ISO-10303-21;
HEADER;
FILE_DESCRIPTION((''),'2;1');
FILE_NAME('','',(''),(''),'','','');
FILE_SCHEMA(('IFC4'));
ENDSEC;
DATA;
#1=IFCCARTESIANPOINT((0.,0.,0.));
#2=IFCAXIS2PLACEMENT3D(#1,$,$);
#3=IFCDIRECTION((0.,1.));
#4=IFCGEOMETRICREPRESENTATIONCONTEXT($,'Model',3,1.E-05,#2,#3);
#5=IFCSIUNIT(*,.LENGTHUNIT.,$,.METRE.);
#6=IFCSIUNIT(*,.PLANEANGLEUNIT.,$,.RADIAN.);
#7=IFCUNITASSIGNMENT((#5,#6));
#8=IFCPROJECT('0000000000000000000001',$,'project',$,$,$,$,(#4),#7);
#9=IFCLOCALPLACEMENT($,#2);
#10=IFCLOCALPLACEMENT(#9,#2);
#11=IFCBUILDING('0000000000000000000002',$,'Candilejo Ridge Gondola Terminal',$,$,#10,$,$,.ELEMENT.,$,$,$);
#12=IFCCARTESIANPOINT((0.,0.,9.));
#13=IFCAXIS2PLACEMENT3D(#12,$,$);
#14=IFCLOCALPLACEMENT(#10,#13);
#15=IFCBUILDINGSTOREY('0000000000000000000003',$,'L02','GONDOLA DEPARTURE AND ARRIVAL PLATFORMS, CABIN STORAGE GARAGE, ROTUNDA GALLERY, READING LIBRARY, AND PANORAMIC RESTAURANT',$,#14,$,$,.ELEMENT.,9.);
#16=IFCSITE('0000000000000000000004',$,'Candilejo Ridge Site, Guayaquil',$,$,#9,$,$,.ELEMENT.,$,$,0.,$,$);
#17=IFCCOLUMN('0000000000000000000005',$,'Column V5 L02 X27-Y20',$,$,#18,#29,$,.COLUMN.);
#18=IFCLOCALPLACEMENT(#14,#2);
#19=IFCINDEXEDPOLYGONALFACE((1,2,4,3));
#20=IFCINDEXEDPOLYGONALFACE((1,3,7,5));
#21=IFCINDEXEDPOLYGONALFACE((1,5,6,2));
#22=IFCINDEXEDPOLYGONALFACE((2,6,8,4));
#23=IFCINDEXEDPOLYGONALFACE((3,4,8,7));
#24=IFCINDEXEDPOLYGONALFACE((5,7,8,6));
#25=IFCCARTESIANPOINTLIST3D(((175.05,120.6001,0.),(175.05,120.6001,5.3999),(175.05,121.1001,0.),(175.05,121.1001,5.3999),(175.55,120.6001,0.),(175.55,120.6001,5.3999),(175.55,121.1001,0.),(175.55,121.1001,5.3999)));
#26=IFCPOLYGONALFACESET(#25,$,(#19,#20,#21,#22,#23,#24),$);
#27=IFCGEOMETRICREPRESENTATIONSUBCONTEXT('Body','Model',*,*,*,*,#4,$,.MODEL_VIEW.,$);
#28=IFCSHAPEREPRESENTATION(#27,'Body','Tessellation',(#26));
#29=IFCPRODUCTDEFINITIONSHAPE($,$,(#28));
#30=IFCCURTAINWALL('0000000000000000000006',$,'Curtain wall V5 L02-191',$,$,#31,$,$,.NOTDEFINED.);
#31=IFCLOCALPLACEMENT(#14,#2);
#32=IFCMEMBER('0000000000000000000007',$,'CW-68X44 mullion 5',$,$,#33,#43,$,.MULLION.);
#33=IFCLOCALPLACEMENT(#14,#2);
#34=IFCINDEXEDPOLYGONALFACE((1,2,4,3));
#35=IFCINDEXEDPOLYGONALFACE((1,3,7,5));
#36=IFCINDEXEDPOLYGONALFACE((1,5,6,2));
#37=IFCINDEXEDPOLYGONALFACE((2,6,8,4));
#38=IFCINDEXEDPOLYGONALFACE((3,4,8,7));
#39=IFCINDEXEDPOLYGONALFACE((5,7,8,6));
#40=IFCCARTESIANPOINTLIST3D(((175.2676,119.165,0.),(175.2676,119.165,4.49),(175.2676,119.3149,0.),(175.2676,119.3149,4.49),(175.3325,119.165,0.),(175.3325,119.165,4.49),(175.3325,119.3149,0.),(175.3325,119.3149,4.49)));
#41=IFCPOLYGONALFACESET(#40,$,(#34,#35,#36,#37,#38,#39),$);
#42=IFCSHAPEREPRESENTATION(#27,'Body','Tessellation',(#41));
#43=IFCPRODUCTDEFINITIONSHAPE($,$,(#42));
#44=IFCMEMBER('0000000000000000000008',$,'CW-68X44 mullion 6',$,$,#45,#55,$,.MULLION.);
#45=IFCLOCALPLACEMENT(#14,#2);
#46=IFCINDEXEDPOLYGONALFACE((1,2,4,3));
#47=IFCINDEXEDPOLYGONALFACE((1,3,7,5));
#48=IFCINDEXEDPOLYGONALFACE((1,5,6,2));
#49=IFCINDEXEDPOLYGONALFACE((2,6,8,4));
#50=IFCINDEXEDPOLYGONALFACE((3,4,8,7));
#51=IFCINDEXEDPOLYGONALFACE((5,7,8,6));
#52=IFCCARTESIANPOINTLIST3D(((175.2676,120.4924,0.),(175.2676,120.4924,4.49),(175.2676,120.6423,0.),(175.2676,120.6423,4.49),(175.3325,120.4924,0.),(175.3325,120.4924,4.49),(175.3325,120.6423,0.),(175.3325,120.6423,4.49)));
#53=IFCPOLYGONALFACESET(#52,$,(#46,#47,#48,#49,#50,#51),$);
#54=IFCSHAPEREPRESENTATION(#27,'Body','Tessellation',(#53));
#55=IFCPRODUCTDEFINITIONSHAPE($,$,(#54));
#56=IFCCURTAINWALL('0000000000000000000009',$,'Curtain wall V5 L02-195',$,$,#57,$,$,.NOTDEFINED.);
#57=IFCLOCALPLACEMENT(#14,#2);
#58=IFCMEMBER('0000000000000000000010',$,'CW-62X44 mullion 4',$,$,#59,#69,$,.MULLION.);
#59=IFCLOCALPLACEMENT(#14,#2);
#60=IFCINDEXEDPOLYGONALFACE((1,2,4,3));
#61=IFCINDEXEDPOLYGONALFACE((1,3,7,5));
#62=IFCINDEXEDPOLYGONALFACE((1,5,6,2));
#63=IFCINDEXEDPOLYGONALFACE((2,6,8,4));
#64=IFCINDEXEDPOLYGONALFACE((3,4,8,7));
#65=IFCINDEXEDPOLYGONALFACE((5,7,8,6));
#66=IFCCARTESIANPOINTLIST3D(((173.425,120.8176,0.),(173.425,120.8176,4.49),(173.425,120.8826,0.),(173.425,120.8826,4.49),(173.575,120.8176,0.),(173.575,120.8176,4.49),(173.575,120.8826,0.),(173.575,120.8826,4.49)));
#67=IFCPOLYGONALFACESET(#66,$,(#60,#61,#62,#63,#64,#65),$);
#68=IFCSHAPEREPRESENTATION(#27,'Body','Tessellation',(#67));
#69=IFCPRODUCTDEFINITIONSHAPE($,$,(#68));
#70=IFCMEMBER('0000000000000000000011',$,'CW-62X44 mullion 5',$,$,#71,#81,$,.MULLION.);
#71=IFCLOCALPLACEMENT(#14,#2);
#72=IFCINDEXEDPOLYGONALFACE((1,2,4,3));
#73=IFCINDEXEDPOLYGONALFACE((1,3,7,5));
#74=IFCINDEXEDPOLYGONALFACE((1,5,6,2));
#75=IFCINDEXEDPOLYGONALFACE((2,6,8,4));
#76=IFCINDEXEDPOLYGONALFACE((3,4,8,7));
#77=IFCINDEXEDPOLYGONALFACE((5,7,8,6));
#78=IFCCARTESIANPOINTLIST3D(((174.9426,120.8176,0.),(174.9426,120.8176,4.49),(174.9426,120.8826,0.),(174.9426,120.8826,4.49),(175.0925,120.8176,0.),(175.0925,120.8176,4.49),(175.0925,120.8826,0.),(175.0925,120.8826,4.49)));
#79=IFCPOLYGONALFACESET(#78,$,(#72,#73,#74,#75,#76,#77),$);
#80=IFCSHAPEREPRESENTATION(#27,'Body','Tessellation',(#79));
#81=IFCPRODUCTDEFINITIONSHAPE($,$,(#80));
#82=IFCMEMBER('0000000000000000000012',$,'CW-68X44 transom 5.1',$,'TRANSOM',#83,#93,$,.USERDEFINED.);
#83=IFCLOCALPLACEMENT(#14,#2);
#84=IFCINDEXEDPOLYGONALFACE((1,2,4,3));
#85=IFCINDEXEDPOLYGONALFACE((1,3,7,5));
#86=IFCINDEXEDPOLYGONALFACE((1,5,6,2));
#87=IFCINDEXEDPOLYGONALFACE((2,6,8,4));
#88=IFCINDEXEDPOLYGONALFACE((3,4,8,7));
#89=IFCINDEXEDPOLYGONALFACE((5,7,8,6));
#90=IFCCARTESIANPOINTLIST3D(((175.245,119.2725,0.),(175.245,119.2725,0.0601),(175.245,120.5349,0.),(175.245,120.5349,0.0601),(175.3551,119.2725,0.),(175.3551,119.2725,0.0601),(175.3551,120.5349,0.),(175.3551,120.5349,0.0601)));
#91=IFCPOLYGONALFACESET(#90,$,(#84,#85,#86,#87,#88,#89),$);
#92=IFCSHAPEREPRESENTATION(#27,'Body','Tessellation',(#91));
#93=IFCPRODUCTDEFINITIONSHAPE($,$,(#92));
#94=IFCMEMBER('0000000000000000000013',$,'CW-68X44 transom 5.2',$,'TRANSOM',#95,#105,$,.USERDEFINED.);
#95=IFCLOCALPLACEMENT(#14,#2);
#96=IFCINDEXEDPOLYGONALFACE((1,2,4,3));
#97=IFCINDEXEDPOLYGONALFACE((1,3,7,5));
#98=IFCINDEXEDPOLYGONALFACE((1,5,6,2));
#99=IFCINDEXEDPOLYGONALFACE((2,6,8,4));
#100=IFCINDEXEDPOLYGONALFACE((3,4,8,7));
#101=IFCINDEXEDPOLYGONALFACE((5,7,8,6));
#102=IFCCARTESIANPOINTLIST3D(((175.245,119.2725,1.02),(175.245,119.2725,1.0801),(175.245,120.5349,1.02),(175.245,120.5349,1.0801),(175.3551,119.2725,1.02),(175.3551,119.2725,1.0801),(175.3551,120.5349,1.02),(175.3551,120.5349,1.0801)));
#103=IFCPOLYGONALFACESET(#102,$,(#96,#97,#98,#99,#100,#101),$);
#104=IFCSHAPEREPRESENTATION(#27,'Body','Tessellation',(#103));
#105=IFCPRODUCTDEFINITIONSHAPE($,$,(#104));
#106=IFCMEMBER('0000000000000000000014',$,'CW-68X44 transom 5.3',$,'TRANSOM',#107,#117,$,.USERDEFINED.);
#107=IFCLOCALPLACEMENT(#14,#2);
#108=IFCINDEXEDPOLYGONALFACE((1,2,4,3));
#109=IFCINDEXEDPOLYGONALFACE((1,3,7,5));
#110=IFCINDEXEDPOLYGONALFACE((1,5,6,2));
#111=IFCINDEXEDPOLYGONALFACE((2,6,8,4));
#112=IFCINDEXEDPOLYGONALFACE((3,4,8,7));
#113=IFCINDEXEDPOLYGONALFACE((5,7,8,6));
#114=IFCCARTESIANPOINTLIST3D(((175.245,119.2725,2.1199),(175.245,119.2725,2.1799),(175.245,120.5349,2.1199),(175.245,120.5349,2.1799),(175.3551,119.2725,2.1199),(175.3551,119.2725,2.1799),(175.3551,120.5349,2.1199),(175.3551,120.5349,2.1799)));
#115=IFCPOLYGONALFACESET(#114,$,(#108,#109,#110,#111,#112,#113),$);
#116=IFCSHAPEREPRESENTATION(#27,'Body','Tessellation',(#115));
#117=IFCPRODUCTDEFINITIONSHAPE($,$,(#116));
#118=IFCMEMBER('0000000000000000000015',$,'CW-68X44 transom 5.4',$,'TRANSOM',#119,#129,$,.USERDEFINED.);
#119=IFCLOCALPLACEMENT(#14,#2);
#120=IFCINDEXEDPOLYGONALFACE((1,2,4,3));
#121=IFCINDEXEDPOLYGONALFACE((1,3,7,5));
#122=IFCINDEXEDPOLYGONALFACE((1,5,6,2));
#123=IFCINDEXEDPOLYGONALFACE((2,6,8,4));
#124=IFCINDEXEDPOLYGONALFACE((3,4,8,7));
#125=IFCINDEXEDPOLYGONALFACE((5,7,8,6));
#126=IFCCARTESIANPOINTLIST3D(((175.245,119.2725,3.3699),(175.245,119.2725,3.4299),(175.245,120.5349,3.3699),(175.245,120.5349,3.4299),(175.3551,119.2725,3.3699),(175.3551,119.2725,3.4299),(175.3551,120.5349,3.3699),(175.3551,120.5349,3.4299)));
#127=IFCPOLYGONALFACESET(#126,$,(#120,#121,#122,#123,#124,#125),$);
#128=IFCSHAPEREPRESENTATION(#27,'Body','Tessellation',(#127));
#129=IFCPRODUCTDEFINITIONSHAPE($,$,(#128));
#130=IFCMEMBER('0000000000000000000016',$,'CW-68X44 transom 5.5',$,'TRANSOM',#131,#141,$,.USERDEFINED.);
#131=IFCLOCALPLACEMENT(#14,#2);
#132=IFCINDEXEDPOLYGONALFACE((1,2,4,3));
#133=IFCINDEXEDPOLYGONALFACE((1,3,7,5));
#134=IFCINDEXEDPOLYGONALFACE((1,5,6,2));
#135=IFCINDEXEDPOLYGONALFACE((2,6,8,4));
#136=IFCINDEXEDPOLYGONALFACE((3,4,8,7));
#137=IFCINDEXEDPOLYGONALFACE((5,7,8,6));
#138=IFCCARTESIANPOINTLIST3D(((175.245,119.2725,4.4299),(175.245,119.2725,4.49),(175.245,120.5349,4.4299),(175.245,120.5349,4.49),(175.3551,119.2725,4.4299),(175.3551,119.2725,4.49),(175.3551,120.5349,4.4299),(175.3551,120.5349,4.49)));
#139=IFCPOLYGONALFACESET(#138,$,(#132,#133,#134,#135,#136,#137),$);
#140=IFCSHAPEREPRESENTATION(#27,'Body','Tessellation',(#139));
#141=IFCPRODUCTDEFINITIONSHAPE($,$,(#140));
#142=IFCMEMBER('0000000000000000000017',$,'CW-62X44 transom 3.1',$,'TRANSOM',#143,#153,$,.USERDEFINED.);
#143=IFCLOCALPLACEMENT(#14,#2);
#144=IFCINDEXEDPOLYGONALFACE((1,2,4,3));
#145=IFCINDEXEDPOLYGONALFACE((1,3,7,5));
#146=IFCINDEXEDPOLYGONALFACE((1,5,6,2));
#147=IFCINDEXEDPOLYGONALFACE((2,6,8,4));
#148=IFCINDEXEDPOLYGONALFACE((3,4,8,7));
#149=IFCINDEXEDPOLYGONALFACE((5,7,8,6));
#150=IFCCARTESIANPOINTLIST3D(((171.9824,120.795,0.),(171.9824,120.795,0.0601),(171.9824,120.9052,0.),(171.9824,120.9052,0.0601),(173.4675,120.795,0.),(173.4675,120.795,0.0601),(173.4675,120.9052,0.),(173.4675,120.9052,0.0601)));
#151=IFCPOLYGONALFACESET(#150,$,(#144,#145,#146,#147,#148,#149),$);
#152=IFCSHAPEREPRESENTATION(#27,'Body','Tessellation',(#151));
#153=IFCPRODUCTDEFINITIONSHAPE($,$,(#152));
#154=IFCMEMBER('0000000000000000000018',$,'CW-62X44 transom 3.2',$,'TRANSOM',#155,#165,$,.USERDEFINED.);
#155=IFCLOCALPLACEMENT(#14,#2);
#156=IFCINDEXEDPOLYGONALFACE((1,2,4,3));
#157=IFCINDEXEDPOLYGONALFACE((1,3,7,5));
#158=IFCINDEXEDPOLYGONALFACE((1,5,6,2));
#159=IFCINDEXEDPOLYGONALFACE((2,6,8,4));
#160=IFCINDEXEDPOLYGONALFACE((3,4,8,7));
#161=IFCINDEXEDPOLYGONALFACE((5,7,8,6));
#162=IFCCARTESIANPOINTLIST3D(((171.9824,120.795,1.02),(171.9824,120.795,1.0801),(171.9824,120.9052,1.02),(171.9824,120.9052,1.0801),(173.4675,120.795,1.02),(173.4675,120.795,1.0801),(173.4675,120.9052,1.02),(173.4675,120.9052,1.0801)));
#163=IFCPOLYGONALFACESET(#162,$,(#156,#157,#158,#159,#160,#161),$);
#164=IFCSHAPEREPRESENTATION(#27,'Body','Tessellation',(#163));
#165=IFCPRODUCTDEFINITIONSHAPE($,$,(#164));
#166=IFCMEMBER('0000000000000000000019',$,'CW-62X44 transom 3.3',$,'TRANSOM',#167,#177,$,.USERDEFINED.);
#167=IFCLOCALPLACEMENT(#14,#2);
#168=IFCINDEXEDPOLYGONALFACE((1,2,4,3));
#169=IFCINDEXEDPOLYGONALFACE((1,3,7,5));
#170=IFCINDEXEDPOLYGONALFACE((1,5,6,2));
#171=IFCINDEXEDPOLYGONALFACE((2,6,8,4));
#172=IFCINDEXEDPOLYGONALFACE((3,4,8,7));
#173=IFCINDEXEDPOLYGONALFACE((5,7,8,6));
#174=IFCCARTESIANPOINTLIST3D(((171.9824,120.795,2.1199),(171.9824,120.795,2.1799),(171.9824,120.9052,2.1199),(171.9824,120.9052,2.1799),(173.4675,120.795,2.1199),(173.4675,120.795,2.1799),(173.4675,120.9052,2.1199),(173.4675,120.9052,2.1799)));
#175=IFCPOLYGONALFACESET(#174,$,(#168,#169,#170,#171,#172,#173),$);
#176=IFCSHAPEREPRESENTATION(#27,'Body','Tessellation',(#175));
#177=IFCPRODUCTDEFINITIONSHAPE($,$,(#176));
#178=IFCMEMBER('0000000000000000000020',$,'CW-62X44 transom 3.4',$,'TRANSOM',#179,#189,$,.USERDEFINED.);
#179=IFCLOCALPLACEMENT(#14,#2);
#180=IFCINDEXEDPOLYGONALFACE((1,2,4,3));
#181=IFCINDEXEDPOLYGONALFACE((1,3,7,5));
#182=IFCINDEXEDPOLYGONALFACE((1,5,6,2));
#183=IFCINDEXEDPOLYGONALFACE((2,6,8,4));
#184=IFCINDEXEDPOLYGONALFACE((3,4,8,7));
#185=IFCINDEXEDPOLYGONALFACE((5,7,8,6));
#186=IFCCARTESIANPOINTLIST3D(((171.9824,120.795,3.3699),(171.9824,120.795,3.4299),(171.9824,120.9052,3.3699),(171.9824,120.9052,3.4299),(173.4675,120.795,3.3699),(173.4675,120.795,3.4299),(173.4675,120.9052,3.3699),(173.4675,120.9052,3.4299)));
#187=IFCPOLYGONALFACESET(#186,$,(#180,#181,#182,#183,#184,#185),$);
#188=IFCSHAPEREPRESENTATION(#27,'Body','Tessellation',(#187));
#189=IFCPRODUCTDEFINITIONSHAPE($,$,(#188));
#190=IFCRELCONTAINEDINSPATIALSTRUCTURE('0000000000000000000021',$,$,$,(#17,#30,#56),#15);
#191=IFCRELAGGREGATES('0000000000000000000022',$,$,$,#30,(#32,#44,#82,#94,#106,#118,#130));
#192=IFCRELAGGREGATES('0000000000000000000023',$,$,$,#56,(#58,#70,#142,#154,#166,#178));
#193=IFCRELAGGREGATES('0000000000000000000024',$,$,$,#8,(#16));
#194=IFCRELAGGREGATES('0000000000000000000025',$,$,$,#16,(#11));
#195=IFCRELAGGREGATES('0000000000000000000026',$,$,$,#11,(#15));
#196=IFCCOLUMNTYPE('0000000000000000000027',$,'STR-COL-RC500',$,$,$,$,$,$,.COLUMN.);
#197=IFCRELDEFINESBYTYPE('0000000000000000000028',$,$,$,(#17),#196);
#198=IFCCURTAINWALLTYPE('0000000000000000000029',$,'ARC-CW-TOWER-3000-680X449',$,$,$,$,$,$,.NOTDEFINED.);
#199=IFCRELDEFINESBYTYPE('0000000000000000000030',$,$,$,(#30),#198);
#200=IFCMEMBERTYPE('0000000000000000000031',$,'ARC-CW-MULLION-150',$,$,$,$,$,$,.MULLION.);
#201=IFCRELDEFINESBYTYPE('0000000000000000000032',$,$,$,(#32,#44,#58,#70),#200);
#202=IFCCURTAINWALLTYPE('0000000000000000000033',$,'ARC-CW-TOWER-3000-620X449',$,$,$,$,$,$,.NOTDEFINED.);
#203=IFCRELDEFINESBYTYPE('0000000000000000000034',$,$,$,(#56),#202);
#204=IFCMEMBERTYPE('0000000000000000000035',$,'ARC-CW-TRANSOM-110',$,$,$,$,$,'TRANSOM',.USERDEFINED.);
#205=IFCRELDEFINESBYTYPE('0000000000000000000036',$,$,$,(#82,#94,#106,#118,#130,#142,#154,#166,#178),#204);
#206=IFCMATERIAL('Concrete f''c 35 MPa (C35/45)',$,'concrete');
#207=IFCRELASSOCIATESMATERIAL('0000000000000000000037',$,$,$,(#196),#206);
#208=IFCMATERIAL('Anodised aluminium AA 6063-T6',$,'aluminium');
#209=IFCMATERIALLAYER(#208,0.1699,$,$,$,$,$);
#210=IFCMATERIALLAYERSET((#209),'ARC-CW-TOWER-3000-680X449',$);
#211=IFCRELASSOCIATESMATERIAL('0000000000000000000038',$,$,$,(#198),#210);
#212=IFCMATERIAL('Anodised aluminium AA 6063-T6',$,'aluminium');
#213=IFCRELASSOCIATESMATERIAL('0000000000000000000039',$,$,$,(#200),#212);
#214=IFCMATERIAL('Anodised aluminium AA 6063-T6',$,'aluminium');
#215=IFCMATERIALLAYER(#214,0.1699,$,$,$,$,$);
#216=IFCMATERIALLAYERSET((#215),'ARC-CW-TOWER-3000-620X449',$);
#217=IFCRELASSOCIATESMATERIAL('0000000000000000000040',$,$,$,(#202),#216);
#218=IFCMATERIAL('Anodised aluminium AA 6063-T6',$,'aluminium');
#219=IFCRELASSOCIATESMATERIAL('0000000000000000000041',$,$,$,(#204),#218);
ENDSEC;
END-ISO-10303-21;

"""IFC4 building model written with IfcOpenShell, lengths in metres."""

from ifc_helpers import new_model, si_unit, direction, frame, origin, origin_2d, place, context, subcontext, project, spatial, rectangle, extrude, material, layer, layer_set, material_profile, profile_set, type_object, element, aggregate, save


model = new_model("IFC4")

# Units and contexts
model_context = context("Model", 3, precision=1e-05, world=origin(), true_north=direction((0.0, 1.0)))
body_context = subcontext(model_context, "Body", "Model", "MODEL_VIEW")
ifc_project = project(units=[si_unit("LENGTHUNIT", "METRE"), si_unit("PLANEANGLEUNIT", "RADIAN")], contexts=[model_context])

# Site, building, storey
site_placement = place(None, origin())
site = spatial("IfcSite", under=ifc_project, at=site_placement, Name="Candilejo Ridge Site, Guayaquil", CompositionType="ELEMENT", RefElevation=0.0)
building_placement = place(site_placement, origin())
building = spatial("IfcBuilding", under=site, at=building_placement, Name="Candilejo Ridge Gondola Terminal", CompositionType="ELEMENT")
storey_placement = place(building_placement, frame((0.0, 0.0, 9.0)))
storey = spatial("IfcBuildingStorey", under=building, at=storey_placement, Name="L02", Description="GONDOLA DEPARTURE AND ARRIVAL PLATFORMS, CABIN STORAGE GARAGE, ROTUNDA GALLERY, READING LIBRARY, AND PANORAMIC RESTAURANT", CompositionType="ELEMENT", Elevation=9.0)

# Column
ifc_material_1 = material(Name="Concrete f'c 35 MPa (C35/45)", Category="concrete")
ifc_material_profile_1 = material_profile(ifc_material_1, rectangle(XDim=0.5, YDim=0.5, at=origin_2d()))
ifc_profile_set_1 = profile_set([ifc_material_profile_1], Name="Concrete f'c 35 MPa (C35/45)")
column_type = type_object("IfcColumnType", Name="STR-COL-RC500", PredefinedType="COLUMN", material=ifc_profile_set_1)
column_placement = place(storey_placement, frame((175.3, 120.8501, 0.0), z_axis=(0.0, 0.0, 1.0), x_axis=(1.0, 0.0, 0.0)))
element("IfcColumn", 1, at=column_placement, inside=storey, type_object=column_type, Name="Column V5 L02 X27-Y20", PredefinedType="COLUMN", context=body_context, shape_type="SweptSolid", body=[
    extrude(rectangle(XDim=0.5, YDim=0.5, at=origin_2d()), origin(), (0.0, 0.0, 1.0), 5.3999),
])

# Curtain walls, members
ifc_material_2 = material(Name="Anodised aluminium AA 6063-T6", Category="aluminium")
ifc_layer_1 = layer(ifc_material_2, 0.1699)
ifc_layer_set_1 = layer_set([ifc_layer_1], Name="ARC-CW-TOWER-3000-680X449")
curtain_wall_type_1 = type_object("IfcCurtainWallType", Name="ARC-CW-TOWER-3000-680X449", PredefinedType="NOTDEFINED", material=ifc_layer_set_1)
curtain_wall_1_placement = place(storey_placement, origin())
curtain_wall_1 = element("IfcCurtainWall", 2, at=curtain_wall_1_placement, inside=storey, type_object=curtain_wall_type_1, Name="Curtain wall V5 L02-191", PredefinedType="NOTDEFINED")
ifc_material_3 = material(Name="Anodised aluminium AA 6063-T6", Category="aluminium")
ifc_material_profile_2 = material_profile(ifc_material_3, rectangle(XDim=0.0649, YDim=0.1499, at=origin_2d()))
ifc_profile_set_2 = profile_set([ifc_material_profile_2], Name="Anodised aluminium AA 6063-T6")
member_type_1 = type_object("IfcMemberType", Name="ARC-CW-MULLION-150", PredefinedType="MULLION", material=ifc_profile_set_2)
member_1_placement = place(storey_placement, frame((175.3, 119.24, 0.0), z_axis=(0.0, 0.0, 1.0), x_axis=(-1.0, 0.0, 0.0)))
member_1 = element("IfcMember", 3, at=member_1_placement, type_object=member_type_1, Name="CW-68X44 mullion 5", PredefinedType="MULLION", context=body_context, shape_type="SweptSolid", body=[
    extrude(rectangle(XDim=0.0649, YDim=0.1499, at=origin_2d()), origin(), (0.0, 0.0, 1.0), 4.49),
])
member_2_placement = place(storey_placement, frame((175.3, 120.5674, 0.0), z_axis=(0.0, 0.0, 1.0), x_axis=(-1.0, 0.0, 0.0)))
member_2 = element("IfcMember", 4, at=member_2_placement, type_object=member_type_1, Name="CW-68X44 mullion 6", PredefinedType="MULLION", context=body_context, shape_type="SweptSolid", body=[
    extrude(rectangle(XDim=0.0649, YDim=0.1499, at=origin_2d()), origin(), (0.0, 0.0, 1.0), 4.49),
])
ifc_material_4 = material(Name="Anodised aluminium AA 6063-T6", Category="aluminium")
ifc_layer_2 = layer(ifc_material_4, 0.1699)
ifc_layer_set_2 = layer_set([ifc_layer_2], Name="ARC-CW-TOWER-3000-620X449")
curtain_wall_type_2 = type_object("IfcCurtainWallType", Name="ARC-CW-TOWER-3000-620X449", PredefinedType="NOTDEFINED", material=ifc_layer_set_2)
curtain_wall_2_placement = place(storey_placement, origin())
curtain_wall_2 = element("IfcCurtainWall", 5, at=curtain_wall_2_placement, inside=storey, type_object=curtain_wall_type_2, Name="Curtain wall V5 L02-195", PredefinedType="NOTDEFINED")
member_3_placement = place(storey_placement, frame((173.5, 120.8501, 0.0), z_axis=(0.0, 0.0, 1.0), x_axis=(0.0, 1.0, 0.0)))
member_3 = element("IfcMember", 6, at=member_3_placement, type_object=member_type_1, Name="CW-62X44 mullion 4", PredefinedType="MULLION", context=body_context, shape_type="SweptSolid", body=[
    extrude(rectangle(XDim=0.0649, YDim=0.1499, at=origin_2d()), origin(), (0.0, 0.0, 1.0), 4.49),
])
member_4_placement = place(storey_placement, frame((175.0176, 120.8501, 0.0), z_axis=(0.0, 0.0, 1.0), x_axis=(0.0, 1.0, 0.0)))
member_4 = element("IfcMember", 7, at=member_4_placement, type_object=member_type_1, Name="CW-62X44 mullion 5", PredefinedType="MULLION", context=body_context, shape_type="SweptSolid", body=[
    extrude(rectangle(XDim=0.0649, YDim=0.1499, at=origin_2d()), origin(), (0.0, 0.0, 1.0), 4.49),
])

# Members
ifc_material_5 = material(Name="Anodised aluminium AA 6063-T6", Category="aluminium")
ifc_material_profile_3 = material_profile(ifc_material_5, rectangle(XDim=0.1101, YDim=0.0601, at=origin_2d()))
ifc_profile_set_3 = profile_set([ifc_material_profile_3], Name="Anodised aluminium AA 6063-T6")
member_type_2 = type_object("IfcMemberType", Name="ARC-CW-TRANSOM-110", ElementType="TRANSOM", PredefinedType="USERDEFINED", material=ifc_profile_set_3)
member_5_placement = place(storey_placement, frame((175.3, 119.2725, 0.03), z_axis=(0.0, 1.0, 0.0), x_axis=(-1.0, 0.0, 0.0)))
member_5 = element("IfcMember", 8, at=member_5_placement, type_object=member_type_2, Name="CW-68X44 transom 5.1", ObjectType="TRANSOM", PredefinedType="USERDEFINED", context=body_context, shape_type="SweptSolid", body=[
    extrude(rectangle(XDim=0.1101, YDim=0.0601, at=origin_2d()), origin(), (0.0, 0.0, 1.0), 1.2625),
])
member_6_placement = place(storey_placement, frame((175.3, 119.2725, 1.05), z_axis=(0.0, 1.0, 0.0), x_axis=(-1.0, 0.0, 0.0)))
member_6 = element("IfcMember", 9, at=member_6_placement, type_object=member_type_2, Name="CW-68X44 transom 5.2", ObjectType="TRANSOM", PredefinedType="USERDEFINED", context=body_context, shape_type="SweptSolid", body=[
    extrude(rectangle(XDim=0.1101, YDim=0.0601, at=origin_2d()), origin(), (0.0, 0.0, 1.0), 1.2625),
])
member_7_placement = place(storey_placement, frame((175.3, 119.2725, 2.1499), z_axis=(0.0, 1.0, 0.0), x_axis=(-1.0, 0.0, 0.0)))
member_7 = element("IfcMember", 10, at=member_7_placement, type_object=member_type_2, Name="CW-68X44 transom 5.3", ObjectType="TRANSOM", PredefinedType="USERDEFINED", context=body_context, shape_type="SweptSolid", body=[
    extrude(rectangle(XDim=0.1101, YDim=0.0601, at=origin_2d()), origin(), (0.0, 0.0, 1.0), 1.2625),
])
member_8_placement = place(storey_placement, frame((175.3, 119.2725, 3.3999), z_axis=(0.0, 1.0, 0.0), x_axis=(-1.0, 0.0, 0.0)))
member_8 = element("IfcMember", 11, at=member_8_placement, type_object=member_type_2, Name="CW-68X44 transom 5.4", ObjectType="TRANSOM", PredefinedType="USERDEFINED", context=body_context, shape_type="SweptSolid", body=[
    extrude(rectangle(XDim=0.1101, YDim=0.0601, at=origin_2d()), origin(), (0.0, 0.0, 1.0), 1.2625),
])
member_9_placement = place(storey_placement, frame((175.3, 119.2725, 4.46), z_axis=(0.0, 1.0, 0.0), x_axis=(-1.0, 0.0, 0.0)))
member_9 = element("IfcMember", 12, at=member_9_placement, type_object=member_type_2, Name="CW-68X44 transom 5.5", ObjectType="TRANSOM", PredefinedType="USERDEFINED", context=body_context, shape_type="SweptSolid", body=[
    extrude(rectangle(XDim=0.1101, YDim=0.0601, at=origin_2d()), origin(), (0.0, 0.0, 1.0), 1.2625),
])
member_10_placement = place(storey_placement, frame((171.9824, 120.8501, 0.03), z_axis=(1.0, 0.0, 0.0), x_axis=(0.0, 1.0, 0.0)))
member_10 = element("IfcMember", 13, at=member_10_placement, type_object=member_type_2, Name="CW-62X44 transom 3.1", ObjectType="TRANSOM", PredefinedType="USERDEFINED", context=body_context, shape_type="SweptSolid", body=[
    extrude(rectangle(XDim=0.1101, YDim=0.0601, at=origin_2d()), origin(), (0.0, 0.0, 1.0), 1.4851),
])
member_11_placement = place(storey_placement, frame((171.9824, 120.8501, 1.05), z_axis=(1.0, 0.0, 0.0), x_axis=(0.0, 1.0, 0.0)))
member_11 = element("IfcMember", 14, at=member_11_placement, type_object=member_type_2, Name="CW-62X44 transom 3.2", ObjectType="TRANSOM", PredefinedType="USERDEFINED", context=body_context, shape_type="SweptSolid", body=[
    extrude(rectangle(XDim=0.1101, YDim=0.0601, at=origin_2d()), origin(), (0.0, 0.0, 1.0), 1.4851),
])
member_12_placement = place(storey_placement, frame((171.9824, 120.8501, 2.1499), z_axis=(1.0, 0.0, 0.0), x_axis=(0.0, 1.0, 0.0)))
member_12 = element("IfcMember", 15, at=member_12_placement, type_object=member_type_2, Name="CW-62X44 transom 3.3", ObjectType="TRANSOM", PredefinedType="USERDEFINED", context=body_context, shape_type="SweptSolid", body=[
    extrude(rectangle(XDim=0.1101, YDim=0.0601, at=origin_2d()), origin(), (0.0, 0.0, 1.0), 1.4851),
])
member_13_placement = place(storey_placement, frame((171.9824, 120.8501, 3.3999), z_axis=(1.0, 0.0, 0.0), x_axis=(0.0, 1.0, 0.0)))
member_13 = element("IfcMember", 16, at=member_13_placement, type_object=member_type_2, Name="CW-62X44 transom 3.4", ObjectType="TRANSOM", PredefinedType="USERDEFINED", context=body_context, shape_type="SweptSolid", body=[
    extrude(rectangle(XDim=0.1101, YDim=0.0601, at=origin_2d()), origin(), (0.0, 0.0, 1.0), 1.4851),
])

aggregate(curtain_wall_1, [member_1, member_2, member_5, member_6, member_7, member_8, member_9])
aggregate(curtain_wall_2, [member_3, member_4, member_10, member_11, member_12, member_13])

save(model, "model.ifc")
